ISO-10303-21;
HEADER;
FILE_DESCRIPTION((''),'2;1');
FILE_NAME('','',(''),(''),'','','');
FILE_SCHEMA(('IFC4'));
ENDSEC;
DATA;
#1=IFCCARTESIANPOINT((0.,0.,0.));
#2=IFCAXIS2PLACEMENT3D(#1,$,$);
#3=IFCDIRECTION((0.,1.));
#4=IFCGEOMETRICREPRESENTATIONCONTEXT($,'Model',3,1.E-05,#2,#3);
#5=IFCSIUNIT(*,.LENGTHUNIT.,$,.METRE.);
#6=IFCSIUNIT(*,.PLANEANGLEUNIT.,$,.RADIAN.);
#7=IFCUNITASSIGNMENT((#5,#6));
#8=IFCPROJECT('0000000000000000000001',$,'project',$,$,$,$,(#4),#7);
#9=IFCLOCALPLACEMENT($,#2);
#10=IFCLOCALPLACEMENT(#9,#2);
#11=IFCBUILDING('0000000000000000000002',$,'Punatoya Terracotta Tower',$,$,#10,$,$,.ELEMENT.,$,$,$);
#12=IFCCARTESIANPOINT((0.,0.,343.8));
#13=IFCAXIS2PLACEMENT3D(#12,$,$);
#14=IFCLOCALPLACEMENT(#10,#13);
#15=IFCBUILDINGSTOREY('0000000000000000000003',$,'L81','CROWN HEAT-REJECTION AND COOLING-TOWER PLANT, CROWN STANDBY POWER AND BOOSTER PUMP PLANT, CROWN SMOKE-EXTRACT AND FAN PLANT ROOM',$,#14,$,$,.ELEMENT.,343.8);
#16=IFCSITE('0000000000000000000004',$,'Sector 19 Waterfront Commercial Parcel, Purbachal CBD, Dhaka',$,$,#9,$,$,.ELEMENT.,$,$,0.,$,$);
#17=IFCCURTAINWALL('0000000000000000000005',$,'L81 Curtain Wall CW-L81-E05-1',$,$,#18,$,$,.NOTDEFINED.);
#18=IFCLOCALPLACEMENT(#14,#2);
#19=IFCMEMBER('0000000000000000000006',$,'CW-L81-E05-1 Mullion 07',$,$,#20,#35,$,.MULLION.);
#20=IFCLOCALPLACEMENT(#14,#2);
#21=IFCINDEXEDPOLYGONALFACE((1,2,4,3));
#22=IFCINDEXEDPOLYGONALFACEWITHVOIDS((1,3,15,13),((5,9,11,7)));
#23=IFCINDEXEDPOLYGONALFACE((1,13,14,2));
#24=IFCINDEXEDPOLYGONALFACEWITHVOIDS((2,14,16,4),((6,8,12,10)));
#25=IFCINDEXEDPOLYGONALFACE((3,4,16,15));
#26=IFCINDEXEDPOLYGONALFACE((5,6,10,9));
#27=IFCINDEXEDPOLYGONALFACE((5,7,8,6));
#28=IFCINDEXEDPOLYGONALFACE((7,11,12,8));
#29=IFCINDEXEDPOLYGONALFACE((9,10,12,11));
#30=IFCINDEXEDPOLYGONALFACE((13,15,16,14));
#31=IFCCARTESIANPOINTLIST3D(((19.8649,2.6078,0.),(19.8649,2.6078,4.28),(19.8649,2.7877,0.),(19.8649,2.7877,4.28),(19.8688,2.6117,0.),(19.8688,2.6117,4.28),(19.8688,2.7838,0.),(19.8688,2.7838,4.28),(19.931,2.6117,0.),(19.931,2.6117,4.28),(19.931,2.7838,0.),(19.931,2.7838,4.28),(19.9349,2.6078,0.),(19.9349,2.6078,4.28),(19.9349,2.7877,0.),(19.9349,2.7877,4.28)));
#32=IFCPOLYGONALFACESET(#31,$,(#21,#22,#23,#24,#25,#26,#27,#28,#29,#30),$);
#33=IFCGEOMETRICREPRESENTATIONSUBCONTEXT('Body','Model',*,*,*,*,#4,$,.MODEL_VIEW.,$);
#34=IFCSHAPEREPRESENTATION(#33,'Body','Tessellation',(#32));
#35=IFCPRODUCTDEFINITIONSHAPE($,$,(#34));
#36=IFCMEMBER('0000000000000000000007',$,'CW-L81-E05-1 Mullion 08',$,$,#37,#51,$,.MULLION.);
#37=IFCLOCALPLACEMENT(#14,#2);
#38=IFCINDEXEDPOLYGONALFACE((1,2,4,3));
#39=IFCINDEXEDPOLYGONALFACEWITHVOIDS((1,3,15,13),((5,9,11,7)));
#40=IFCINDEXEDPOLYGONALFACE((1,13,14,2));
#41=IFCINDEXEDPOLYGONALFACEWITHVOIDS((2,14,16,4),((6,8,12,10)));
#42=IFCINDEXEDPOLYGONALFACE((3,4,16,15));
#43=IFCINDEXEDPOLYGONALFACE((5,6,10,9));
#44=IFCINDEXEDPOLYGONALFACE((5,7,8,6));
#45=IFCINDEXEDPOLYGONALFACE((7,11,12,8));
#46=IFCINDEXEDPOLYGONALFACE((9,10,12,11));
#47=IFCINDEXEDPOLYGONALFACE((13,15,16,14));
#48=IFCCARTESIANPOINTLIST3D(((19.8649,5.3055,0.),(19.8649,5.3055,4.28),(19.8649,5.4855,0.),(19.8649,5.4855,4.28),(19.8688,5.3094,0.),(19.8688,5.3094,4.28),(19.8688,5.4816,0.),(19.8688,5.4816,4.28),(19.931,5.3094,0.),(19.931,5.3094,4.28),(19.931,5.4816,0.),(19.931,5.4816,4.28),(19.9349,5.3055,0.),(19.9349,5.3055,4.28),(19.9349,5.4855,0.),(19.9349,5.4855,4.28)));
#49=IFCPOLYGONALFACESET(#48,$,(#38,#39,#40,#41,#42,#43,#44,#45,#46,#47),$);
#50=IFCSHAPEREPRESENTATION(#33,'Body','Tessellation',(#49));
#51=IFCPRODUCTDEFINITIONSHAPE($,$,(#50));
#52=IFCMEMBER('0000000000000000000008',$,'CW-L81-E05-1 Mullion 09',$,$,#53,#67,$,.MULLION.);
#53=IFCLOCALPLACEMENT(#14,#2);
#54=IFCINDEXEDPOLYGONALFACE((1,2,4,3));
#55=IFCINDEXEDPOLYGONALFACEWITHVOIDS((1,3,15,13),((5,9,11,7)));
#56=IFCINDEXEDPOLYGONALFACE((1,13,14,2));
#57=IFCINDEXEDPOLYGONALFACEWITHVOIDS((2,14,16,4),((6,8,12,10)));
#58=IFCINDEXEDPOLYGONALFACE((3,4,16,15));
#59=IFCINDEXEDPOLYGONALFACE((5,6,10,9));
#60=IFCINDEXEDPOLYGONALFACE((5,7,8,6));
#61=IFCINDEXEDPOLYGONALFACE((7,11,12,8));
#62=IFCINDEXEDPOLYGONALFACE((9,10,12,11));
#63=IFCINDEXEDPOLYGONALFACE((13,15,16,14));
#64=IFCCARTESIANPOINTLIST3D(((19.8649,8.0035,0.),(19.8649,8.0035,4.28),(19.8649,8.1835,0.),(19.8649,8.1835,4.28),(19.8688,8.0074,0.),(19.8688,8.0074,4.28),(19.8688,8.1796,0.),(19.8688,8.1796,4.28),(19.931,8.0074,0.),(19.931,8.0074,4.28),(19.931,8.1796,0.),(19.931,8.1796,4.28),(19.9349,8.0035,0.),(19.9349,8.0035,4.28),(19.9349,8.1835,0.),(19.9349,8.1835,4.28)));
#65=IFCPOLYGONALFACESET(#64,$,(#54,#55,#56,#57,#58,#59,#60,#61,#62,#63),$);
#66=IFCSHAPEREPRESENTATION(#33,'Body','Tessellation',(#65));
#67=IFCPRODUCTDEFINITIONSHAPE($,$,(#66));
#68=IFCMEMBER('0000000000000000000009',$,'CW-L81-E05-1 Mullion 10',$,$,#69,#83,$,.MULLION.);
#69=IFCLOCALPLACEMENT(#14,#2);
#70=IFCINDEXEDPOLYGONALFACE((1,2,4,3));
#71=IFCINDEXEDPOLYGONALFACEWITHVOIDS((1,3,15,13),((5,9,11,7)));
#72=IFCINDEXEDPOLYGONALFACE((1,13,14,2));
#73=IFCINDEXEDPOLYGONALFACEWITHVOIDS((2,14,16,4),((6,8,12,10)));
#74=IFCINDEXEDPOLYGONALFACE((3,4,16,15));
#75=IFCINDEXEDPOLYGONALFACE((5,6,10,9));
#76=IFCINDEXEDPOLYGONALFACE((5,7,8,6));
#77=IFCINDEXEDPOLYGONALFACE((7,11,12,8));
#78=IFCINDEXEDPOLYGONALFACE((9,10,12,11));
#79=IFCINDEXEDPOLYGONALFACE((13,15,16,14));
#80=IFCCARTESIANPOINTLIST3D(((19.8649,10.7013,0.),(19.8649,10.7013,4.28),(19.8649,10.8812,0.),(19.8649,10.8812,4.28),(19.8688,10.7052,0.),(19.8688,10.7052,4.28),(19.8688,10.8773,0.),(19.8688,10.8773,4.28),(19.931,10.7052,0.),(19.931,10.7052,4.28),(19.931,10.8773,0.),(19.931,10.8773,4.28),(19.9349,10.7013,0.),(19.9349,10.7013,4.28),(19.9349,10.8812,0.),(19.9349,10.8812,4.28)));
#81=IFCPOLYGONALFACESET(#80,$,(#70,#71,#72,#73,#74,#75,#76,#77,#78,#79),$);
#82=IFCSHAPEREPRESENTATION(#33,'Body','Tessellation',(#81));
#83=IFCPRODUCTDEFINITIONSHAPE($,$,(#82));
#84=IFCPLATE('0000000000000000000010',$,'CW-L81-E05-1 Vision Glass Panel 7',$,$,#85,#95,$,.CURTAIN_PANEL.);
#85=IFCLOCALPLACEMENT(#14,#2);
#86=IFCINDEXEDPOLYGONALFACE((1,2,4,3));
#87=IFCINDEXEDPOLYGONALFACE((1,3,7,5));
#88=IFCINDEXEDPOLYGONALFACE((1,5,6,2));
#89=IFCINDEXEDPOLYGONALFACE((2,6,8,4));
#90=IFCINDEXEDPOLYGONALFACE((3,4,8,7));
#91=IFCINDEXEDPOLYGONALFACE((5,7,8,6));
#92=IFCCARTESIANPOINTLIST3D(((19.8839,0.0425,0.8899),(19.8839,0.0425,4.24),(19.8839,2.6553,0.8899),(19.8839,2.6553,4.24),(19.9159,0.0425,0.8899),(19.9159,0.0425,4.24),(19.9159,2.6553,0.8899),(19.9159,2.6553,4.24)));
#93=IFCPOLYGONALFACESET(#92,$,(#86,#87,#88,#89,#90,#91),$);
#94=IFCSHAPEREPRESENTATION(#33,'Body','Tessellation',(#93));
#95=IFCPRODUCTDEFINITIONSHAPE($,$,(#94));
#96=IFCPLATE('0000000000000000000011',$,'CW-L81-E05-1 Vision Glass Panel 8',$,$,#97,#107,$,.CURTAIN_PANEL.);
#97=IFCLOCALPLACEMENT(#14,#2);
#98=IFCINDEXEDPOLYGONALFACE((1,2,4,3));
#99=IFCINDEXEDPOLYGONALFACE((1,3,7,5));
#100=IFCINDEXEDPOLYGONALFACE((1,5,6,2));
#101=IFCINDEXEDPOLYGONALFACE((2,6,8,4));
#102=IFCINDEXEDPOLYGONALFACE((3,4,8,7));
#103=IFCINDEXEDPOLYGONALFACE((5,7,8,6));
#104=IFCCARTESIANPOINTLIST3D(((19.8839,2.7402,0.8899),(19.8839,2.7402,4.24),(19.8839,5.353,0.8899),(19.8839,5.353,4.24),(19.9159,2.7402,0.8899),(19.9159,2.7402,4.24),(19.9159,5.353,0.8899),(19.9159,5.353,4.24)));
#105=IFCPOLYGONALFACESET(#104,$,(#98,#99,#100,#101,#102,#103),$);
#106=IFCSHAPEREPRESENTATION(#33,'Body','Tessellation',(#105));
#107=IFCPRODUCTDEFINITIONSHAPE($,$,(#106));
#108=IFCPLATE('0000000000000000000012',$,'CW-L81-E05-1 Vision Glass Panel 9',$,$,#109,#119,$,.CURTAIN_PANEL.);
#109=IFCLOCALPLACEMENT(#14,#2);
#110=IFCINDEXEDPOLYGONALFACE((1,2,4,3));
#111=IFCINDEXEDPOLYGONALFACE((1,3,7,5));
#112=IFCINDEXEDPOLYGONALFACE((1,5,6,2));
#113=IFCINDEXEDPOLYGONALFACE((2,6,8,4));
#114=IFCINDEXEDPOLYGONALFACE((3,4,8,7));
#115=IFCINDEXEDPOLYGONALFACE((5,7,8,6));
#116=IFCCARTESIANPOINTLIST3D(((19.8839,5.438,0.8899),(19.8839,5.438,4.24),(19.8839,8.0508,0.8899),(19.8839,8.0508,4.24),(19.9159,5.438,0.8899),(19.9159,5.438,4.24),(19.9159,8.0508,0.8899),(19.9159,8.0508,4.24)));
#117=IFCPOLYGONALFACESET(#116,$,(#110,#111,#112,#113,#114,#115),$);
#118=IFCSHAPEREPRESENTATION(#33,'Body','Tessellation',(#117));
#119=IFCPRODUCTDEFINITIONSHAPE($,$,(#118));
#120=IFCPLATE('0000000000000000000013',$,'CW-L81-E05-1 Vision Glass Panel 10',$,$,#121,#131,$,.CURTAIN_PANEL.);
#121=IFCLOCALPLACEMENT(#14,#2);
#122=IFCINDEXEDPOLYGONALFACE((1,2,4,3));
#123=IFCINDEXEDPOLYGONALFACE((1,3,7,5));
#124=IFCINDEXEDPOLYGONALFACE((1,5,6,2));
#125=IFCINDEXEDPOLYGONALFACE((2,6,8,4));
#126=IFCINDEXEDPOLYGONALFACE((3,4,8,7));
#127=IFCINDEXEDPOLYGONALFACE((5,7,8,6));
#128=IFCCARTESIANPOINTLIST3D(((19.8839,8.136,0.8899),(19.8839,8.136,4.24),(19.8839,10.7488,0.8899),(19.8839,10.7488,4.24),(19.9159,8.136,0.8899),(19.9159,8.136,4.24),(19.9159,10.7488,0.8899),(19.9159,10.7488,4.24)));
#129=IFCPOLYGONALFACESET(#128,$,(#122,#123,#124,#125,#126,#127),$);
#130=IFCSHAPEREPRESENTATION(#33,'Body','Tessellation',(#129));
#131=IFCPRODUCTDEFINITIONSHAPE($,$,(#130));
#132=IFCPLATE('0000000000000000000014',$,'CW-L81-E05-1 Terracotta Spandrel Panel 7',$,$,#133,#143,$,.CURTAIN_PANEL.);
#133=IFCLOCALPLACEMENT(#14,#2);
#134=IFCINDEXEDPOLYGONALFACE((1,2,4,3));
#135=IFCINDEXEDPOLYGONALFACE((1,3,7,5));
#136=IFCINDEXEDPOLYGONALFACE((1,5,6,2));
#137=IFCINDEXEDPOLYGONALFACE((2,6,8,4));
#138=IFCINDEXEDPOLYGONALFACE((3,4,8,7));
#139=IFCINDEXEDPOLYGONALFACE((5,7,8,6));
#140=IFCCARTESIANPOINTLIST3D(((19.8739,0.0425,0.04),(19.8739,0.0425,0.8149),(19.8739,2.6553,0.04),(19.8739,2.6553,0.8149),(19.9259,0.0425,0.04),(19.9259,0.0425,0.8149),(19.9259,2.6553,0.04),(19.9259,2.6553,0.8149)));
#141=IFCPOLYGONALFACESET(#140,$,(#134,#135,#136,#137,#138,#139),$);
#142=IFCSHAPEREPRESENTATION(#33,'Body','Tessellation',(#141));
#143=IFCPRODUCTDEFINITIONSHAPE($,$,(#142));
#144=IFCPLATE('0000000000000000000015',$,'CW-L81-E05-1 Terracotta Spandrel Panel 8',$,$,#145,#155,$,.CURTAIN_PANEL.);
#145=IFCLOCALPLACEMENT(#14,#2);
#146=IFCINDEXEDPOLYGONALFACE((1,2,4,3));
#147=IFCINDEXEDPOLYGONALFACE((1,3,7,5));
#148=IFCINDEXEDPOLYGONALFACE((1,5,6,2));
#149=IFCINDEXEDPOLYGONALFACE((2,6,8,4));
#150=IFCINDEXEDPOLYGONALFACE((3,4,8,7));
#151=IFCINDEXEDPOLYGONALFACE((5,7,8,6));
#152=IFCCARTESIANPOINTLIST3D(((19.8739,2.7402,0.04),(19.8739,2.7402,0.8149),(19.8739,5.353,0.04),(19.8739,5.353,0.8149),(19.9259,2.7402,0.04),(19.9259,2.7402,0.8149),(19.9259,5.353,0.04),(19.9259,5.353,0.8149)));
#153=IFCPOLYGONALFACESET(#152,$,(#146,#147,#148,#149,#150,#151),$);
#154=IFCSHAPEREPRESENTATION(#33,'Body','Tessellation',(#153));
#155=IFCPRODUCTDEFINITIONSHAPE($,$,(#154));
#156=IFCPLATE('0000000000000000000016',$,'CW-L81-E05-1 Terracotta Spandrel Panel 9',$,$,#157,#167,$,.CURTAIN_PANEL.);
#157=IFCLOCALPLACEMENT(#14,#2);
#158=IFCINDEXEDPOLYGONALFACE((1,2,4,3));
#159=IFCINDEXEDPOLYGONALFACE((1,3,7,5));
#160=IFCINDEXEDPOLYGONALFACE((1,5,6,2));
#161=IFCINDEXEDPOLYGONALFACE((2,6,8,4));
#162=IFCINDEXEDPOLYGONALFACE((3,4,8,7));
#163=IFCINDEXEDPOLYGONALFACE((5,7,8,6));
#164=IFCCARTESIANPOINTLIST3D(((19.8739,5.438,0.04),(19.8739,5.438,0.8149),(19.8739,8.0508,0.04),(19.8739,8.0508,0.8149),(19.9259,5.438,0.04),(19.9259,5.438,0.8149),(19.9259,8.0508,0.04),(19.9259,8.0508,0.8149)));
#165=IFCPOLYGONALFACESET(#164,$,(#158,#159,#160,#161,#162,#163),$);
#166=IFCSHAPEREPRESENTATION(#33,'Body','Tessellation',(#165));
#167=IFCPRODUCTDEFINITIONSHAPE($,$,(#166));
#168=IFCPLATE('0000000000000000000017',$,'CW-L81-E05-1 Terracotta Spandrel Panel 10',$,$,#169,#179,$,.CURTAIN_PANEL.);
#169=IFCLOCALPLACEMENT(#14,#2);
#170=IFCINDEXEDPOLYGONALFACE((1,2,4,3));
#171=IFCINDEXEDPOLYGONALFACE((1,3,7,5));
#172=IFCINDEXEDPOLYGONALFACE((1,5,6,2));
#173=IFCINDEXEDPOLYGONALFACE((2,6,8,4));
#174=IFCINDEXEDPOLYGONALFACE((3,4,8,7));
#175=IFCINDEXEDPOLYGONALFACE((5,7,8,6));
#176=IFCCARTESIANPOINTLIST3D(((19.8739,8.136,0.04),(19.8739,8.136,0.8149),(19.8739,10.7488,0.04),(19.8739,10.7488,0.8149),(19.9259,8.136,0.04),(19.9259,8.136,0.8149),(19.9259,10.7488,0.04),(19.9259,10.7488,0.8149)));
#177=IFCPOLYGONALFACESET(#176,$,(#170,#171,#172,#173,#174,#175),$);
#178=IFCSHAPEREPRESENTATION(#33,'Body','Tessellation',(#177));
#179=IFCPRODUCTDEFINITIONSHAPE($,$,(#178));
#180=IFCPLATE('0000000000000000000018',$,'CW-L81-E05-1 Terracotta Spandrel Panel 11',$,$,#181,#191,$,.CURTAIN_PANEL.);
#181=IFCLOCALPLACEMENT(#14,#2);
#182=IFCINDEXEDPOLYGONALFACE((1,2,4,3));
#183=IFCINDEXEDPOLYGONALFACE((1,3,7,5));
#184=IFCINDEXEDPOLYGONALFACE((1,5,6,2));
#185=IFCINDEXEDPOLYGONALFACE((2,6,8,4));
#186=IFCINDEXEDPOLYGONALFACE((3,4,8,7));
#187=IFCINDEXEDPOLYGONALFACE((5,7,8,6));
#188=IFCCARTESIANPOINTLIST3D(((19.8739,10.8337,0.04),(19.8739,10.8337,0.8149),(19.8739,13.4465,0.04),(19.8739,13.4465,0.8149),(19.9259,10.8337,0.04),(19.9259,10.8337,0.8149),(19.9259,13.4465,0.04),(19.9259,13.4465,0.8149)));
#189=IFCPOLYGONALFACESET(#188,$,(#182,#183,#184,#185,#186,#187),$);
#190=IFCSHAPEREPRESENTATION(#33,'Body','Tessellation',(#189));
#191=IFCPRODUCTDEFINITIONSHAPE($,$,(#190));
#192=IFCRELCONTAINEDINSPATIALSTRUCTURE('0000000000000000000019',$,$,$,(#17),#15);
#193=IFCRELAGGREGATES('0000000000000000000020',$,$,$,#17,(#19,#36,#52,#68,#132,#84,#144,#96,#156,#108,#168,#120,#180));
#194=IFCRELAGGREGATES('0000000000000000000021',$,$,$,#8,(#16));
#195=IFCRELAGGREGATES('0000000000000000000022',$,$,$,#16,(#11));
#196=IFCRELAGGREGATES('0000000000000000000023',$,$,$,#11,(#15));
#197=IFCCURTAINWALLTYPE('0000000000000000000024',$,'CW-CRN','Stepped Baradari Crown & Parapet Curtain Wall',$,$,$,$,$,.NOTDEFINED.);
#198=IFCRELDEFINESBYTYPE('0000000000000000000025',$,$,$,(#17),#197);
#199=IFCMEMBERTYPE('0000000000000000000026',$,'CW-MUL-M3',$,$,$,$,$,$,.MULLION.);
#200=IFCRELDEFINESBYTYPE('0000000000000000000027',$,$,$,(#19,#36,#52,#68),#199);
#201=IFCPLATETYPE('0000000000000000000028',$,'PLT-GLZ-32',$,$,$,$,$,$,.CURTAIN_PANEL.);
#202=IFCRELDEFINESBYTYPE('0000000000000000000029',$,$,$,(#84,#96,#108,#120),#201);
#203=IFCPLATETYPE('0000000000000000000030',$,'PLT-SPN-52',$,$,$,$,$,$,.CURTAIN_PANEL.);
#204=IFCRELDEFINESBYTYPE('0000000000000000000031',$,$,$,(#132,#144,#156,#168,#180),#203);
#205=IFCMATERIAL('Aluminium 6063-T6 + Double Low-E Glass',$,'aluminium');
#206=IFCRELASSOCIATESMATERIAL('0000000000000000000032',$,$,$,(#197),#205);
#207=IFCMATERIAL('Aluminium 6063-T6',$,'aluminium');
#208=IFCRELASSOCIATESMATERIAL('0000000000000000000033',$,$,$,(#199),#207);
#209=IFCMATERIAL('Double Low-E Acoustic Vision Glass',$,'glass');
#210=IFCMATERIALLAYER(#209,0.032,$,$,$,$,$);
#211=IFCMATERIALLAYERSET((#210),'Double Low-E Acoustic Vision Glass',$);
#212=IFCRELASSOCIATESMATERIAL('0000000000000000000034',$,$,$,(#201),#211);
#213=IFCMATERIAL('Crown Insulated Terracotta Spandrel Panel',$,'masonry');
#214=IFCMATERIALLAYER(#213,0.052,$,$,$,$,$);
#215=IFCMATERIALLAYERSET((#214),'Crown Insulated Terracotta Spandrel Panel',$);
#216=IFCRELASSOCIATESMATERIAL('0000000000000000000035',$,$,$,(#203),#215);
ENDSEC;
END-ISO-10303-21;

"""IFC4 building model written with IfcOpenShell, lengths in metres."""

from ifc_helpers import new_model, si_unit, direction, frame, origin, origin_2d, place, context, subcontext, project, spatial, rectangle, hollow_rectangle, extrude, material, layer, layer_set, material_profile, profile_set, type_object, element, aggregate, save


model = new_model("IFC4")

# Units and contexts
model_context = context("Model", 3, precision=1e-05, world=origin(), true_north=direction((0.0, 1.0)))
body_context = subcontext(model_context, "Body", "Model", "MODEL_VIEW")
ifc_project = project(units=[si_unit("LENGTHUNIT", "METRE"), si_unit("PLANEANGLEUNIT", "RADIAN")], contexts=[model_context])

# Site, building, storey
site_placement = place(None, origin())
site = spatial("IfcSite", under=ifc_project, at=site_placement, Name="Sector 19 Waterfront Commercial Parcel, Purbachal CBD, Dhaka", CompositionType="ELEMENT", RefElevation=0.0)
building_placement = place(site_placement, origin())
building = spatial("IfcBuilding", under=site, at=building_placement, Name="Punatoya Terracotta Tower", CompositionType="ELEMENT")
storey_placement = place(building_placement, frame((0.0, 0.0, 343.8)))
storey = spatial("IfcBuildingStorey", under=building, at=storey_placement, Name="L81", Description="CROWN HEAT-REJECTION AND COOLING-TOWER PLANT, CROWN STANDBY POWER AND BOOSTER PUMP PLANT, CROWN SMOKE-EXTRACT AND FAN PLANT ROOM", CompositionType="ELEMENT", Elevation=343.8)

# Curtain wall, members, plates
ifc_material_1 = material(Name="Aluminium 6063-T6 + Double Low-E Glass", Category="aluminium")
curtain_wall_type = type_object("IfcCurtainWallType", Name="CW-CRN", Description="Stepped Baradari Crown & Parapet Curtain Wall", PredefinedType="NOTDEFINED", material=ifc_material_1)
curtain_wall_placement = place(storey_placement, origin())
curtain_wall = element("IfcCurtainWall", 1, at=curtain_wall_placement, inside=storey, type_object=curtain_wall_type, Name="L81 Curtain Wall CW-L81-E05-1", PredefinedType="NOTDEFINED")
ifc_material_2 = material(Name="Aluminium 6063-T6", Category="aluminium")
ifc_material_profile_1 = material_profile(ifc_material_2, hollow_rectangle(XDim=0.0701, YDim=0.1799, WallThickness=0.0039, at=origin_2d()))
ifc_profile_set_1 = profile_set([ifc_material_profile_1], Name="Aluminium 6063-T6")
member_type = type_object("IfcMemberType", Name="CW-MUL-M3", PredefinedType="MULLION", material=ifc_profile_set_1)
member_1_placement = place(storey_placement, frame((19.8999, 2.6978, 0.0), z_axis=(0.0, 0.0, 1.0), x_axis=(1.0, 0.0, 0.0)))
member_1 = element("IfcMember", 2, at=member_1_placement, type_object=member_type, Name="CW-L81-E05-1 Mullion 07", PredefinedType="MULLION", context=body_context, shape_type="SweptSolid", body=[
    extrude(hollow_rectangle(XDim=0.0701, YDim=0.1799, WallThickness=0.0039, at=origin_2d()), origin(), (0.0, 0.0, 1.0), 4.28),
])
member_2_placement = place(storey_placement, frame((19.8999, 5.3955, 0.0), z_axis=(0.0, 0.0, 1.0), x_axis=(1.0, 0.0, 0.0)))
member_2 = element("IfcMember", 3, at=member_2_placement, type_object=member_type, Name="CW-L81-E05-1 Mullion 08", PredefinedType="MULLION", context=body_context, shape_type="SweptSolid", body=[
    extrude(hollow_rectangle(XDim=0.0701, YDim=0.1799, WallThickness=0.0039, at=origin_2d()), origin(), (0.0, 0.0, 1.0), 4.28),
])
member_3_placement = place(storey_placement, frame((19.8999, 8.0935, 0.0), z_axis=(0.0, 0.0, 1.0), x_axis=(1.0, 0.0, 0.0)))
member_3 = element("IfcMember", 4, at=member_3_placement, type_object=member_type, Name="CW-L81-E05-1 Mullion 09", PredefinedType="MULLION", context=body_context, shape_type="SweptSolid", body=[
    extrude(hollow_rectangle(XDim=0.0701, YDim=0.1799, WallThickness=0.0039, at=origin_2d()), origin(), (0.0, 0.0, 1.0), 4.28),
])
member_4_placement = place(storey_placement, frame((19.8999, 10.7913, 0.0), z_axis=(0.0, 0.0, 1.0), x_axis=(1.0, 0.0, 0.0)))
member_4 = element("IfcMember", 5, at=member_4_placement, type_object=member_type, Name="CW-L81-E05-1 Mullion 10", PredefinedType="MULLION", context=body_context, shape_type="SweptSolid", body=[
    extrude(hollow_rectangle(XDim=0.0701, YDim=0.1799, WallThickness=0.0039, at=origin_2d()), origin(), (0.0, 0.0, 1.0), 4.28),
])
ifc_material_3 = material(Name="Double Low-E Acoustic Vision Glass", Category="glass")
ifc_layer_1 = layer(ifc_material_3, 0.032)
ifc_layer_set_1 = layer_set([ifc_layer_1], Name="Double Low-E Acoustic Vision Glass")
plate_type_1 = type_object("IfcPlateType", Name="PLT-GLZ-32", PredefinedType="CURTAIN_PANEL", material=ifc_layer_set_1)
plate_1_placement = place(storey_placement, frame((19.8999, 1.3489, 0.8899), z_axis=(0.0, 0.0, 1.0), x_axis=(0.0, 1.0, 0.0)))
plate_1 = element("IfcPlate", 6, at=plate_1_placement, type_object=plate_type_1, Name="CW-L81-E05-1 Vision Glass Panel 7", PredefinedType="CURTAIN_PANEL", context=body_context, shape_type="SweptSolid", body=[
    extrude(rectangle(XDim=2.6128, YDim=0.032, at=origin_2d()), origin(), (0.0, 0.0, 1.0), 3.3501),
])
plate_2_placement = place(storey_placement, frame((19.8999, 4.0466, 0.8899), z_axis=(0.0, 0.0, 1.0), x_axis=(0.0, 1.0, 0.0)))
plate_2 = element("IfcPlate", 7, at=plate_2_placement, type_object=plate_type_1, Name="CW-L81-E05-1 Vision Glass Panel 8", PredefinedType="CURTAIN_PANEL", context=body_context, shape_type="SweptSolid", body=[
    extrude(rectangle(XDim=2.6128, YDim=0.032, at=origin_2d()), origin(), (0.0, 0.0, 1.0), 3.3501),
])
plate_3_placement = place(storey_placement, frame((19.8999, 6.7444, 0.8899), z_axis=(0.0, 0.0, 1.0), x_axis=(0.0, 1.0, 0.0)))
plate_3 = element("IfcPlate", 8, at=plate_3_placement, type_object=plate_type_1, Name="CW-L81-E05-1 Vision Glass Panel 9", PredefinedType="CURTAIN_PANEL", context=body_context, shape_type="SweptSolid", body=[
    extrude(rectangle(XDim=2.6128, YDim=0.032, at=origin_2d()), origin(), (0.0, 0.0, 1.0), 3.3501),
])
plate_4_placement = place(storey_placement, frame((19.8999, 9.4424, 0.8899), z_axis=(0.0, 0.0, 1.0), x_axis=(0.0, 1.0, 0.0)))
plate_4 = element("IfcPlate", 9, at=plate_4_placement, type_object=plate_type_1, Name="CW-L81-E05-1 Vision Glass Panel 10", PredefinedType="CURTAIN_PANEL", context=body_context, shape_type="SweptSolid", body=[
    extrude(rectangle(XDim=2.6128, YDim=0.032, at=origin_2d()), origin(), (0.0, 0.0, 1.0), 3.3501),
])
ifc_material_4 = material(Name="Crown Insulated Terracotta Spandrel Panel", Category="masonry")
ifc_layer_2 = layer(ifc_material_4, 0.052)
ifc_layer_set_2 = layer_set([ifc_layer_2], Name="Crown Insulated Terracotta Spandrel Panel")
plate_type_2 = type_object("IfcPlateType", Name="PLT-SPN-52", PredefinedType="CURTAIN_PANEL", material=ifc_layer_set_2)
plate_5_placement = place(storey_placement, frame((19.8999, 1.3489, 0.04), z_axis=(0.0, 0.0, 1.0), x_axis=(0.0, 1.0, 0.0)))
plate_5 = element("IfcPlate", 10, at=plate_5_placement, type_object=plate_type_2, Name="CW-L81-E05-1 Terracotta Spandrel Panel 7", PredefinedType="CURTAIN_PANEL", context=body_context, shape_type="SweptSolid", body=[
    extrude(rectangle(XDim=2.6128, YDim=0.052, at=origin_2d()), origin(), (0.0, 0.0, 1.0), 0.7749),
])
plate_6_placement = place(storey_placement, frame((19.8999, 4.0466, 0.04), z_axis=(0.0, 0.0, 1.0), x_axis=(0.0, 1.0, 0.0)))
plate_6 = element("IfcPlate", 11, at=plate_6_placement, type_object=plate_type_2, Name="CW-L81-E05-1 Terracotta Spandrel Panel 8", PredefinedType="CURTAIN_PANEL", context=body_context, shape_type="SweptSolid", body=[
    extrude(rectangle(XDim=2.6128, YDim=0.052, at=origin_2d()), origin(), (0.0, 0.0, 1.0), 0.7749),
])
plate_7_placement = place(storey_placement, frame((19.8999, 6.7444, 0.04), z_axis=(0.0, 0.0, 1.0), x_axis=(0.0, 1.0, 0.0)))
plate_7 = element("IfcPlate", 12, at=plate_7_placement, type_object=plate_type_2, Name="CW-L81-E05-1 Terracotta Spandrel Panel 9", PredefinedType="CURTAIN_PANEL", context=body_context, shape_type="SweptSolid", body=[
    extrude(rectangle(XDim=2.6128, YDim=0.052, at=origin_2d()), origin(), (0.0, 0.0, 1.0), 0.7749),
])
plate_8_placement = place(storey_placement, frame((19.8999, 9.4424, 0.04), z_axis=(0.0, 0.0, 1.0), x_axis=(0.0, 1.0, 0.0)))
plate_8 = element("IfcPlate", 13, at=plate_8_placement, type_object=plate_type_2, Name="CW-L81-E05-1 Terracotta Spandrel Panel 10", PredefinedType="CURTAIN_PANEL", context=body_context, shape_type="SweptSolid", body=[
    extrude(rectangle(XDim=2.6128, YDim=0.052, at=origin_2d()), origin(), (0.0, 0.0, 1.0), 0.7749),
])
plate_9_placement = place(storey_placement, frame((19.8999, 12.1401, 0.04), z_axis=(0.0, 0.0, 1.0), x_axis=(0.0, 1.0, 0.0)))
plate_9 = element("IfcPlate", 14, at=plate_9_placement, type_object=plate_type_2, Name="CW-L81-E05-1 Terracotta Spandrel Panel 11", PredefinedType="CURTAIN_PANEL", context=body_context, shape_type="SweptSolid", body=[
    extrude(rectangle(XDim=2.6128, YDim=0.052, at=origin_2d()), origin(), (0.0, 0.0, 1.0), 0.7749),
])
aggregate(curtain_wall, [member_1, member_2, member_3, member_4, plate_5, plate_1, plate_6, plate_2, plate_7, plate_3, plate_8, plate_4, plate_9])

save(model, "model.ifc")
